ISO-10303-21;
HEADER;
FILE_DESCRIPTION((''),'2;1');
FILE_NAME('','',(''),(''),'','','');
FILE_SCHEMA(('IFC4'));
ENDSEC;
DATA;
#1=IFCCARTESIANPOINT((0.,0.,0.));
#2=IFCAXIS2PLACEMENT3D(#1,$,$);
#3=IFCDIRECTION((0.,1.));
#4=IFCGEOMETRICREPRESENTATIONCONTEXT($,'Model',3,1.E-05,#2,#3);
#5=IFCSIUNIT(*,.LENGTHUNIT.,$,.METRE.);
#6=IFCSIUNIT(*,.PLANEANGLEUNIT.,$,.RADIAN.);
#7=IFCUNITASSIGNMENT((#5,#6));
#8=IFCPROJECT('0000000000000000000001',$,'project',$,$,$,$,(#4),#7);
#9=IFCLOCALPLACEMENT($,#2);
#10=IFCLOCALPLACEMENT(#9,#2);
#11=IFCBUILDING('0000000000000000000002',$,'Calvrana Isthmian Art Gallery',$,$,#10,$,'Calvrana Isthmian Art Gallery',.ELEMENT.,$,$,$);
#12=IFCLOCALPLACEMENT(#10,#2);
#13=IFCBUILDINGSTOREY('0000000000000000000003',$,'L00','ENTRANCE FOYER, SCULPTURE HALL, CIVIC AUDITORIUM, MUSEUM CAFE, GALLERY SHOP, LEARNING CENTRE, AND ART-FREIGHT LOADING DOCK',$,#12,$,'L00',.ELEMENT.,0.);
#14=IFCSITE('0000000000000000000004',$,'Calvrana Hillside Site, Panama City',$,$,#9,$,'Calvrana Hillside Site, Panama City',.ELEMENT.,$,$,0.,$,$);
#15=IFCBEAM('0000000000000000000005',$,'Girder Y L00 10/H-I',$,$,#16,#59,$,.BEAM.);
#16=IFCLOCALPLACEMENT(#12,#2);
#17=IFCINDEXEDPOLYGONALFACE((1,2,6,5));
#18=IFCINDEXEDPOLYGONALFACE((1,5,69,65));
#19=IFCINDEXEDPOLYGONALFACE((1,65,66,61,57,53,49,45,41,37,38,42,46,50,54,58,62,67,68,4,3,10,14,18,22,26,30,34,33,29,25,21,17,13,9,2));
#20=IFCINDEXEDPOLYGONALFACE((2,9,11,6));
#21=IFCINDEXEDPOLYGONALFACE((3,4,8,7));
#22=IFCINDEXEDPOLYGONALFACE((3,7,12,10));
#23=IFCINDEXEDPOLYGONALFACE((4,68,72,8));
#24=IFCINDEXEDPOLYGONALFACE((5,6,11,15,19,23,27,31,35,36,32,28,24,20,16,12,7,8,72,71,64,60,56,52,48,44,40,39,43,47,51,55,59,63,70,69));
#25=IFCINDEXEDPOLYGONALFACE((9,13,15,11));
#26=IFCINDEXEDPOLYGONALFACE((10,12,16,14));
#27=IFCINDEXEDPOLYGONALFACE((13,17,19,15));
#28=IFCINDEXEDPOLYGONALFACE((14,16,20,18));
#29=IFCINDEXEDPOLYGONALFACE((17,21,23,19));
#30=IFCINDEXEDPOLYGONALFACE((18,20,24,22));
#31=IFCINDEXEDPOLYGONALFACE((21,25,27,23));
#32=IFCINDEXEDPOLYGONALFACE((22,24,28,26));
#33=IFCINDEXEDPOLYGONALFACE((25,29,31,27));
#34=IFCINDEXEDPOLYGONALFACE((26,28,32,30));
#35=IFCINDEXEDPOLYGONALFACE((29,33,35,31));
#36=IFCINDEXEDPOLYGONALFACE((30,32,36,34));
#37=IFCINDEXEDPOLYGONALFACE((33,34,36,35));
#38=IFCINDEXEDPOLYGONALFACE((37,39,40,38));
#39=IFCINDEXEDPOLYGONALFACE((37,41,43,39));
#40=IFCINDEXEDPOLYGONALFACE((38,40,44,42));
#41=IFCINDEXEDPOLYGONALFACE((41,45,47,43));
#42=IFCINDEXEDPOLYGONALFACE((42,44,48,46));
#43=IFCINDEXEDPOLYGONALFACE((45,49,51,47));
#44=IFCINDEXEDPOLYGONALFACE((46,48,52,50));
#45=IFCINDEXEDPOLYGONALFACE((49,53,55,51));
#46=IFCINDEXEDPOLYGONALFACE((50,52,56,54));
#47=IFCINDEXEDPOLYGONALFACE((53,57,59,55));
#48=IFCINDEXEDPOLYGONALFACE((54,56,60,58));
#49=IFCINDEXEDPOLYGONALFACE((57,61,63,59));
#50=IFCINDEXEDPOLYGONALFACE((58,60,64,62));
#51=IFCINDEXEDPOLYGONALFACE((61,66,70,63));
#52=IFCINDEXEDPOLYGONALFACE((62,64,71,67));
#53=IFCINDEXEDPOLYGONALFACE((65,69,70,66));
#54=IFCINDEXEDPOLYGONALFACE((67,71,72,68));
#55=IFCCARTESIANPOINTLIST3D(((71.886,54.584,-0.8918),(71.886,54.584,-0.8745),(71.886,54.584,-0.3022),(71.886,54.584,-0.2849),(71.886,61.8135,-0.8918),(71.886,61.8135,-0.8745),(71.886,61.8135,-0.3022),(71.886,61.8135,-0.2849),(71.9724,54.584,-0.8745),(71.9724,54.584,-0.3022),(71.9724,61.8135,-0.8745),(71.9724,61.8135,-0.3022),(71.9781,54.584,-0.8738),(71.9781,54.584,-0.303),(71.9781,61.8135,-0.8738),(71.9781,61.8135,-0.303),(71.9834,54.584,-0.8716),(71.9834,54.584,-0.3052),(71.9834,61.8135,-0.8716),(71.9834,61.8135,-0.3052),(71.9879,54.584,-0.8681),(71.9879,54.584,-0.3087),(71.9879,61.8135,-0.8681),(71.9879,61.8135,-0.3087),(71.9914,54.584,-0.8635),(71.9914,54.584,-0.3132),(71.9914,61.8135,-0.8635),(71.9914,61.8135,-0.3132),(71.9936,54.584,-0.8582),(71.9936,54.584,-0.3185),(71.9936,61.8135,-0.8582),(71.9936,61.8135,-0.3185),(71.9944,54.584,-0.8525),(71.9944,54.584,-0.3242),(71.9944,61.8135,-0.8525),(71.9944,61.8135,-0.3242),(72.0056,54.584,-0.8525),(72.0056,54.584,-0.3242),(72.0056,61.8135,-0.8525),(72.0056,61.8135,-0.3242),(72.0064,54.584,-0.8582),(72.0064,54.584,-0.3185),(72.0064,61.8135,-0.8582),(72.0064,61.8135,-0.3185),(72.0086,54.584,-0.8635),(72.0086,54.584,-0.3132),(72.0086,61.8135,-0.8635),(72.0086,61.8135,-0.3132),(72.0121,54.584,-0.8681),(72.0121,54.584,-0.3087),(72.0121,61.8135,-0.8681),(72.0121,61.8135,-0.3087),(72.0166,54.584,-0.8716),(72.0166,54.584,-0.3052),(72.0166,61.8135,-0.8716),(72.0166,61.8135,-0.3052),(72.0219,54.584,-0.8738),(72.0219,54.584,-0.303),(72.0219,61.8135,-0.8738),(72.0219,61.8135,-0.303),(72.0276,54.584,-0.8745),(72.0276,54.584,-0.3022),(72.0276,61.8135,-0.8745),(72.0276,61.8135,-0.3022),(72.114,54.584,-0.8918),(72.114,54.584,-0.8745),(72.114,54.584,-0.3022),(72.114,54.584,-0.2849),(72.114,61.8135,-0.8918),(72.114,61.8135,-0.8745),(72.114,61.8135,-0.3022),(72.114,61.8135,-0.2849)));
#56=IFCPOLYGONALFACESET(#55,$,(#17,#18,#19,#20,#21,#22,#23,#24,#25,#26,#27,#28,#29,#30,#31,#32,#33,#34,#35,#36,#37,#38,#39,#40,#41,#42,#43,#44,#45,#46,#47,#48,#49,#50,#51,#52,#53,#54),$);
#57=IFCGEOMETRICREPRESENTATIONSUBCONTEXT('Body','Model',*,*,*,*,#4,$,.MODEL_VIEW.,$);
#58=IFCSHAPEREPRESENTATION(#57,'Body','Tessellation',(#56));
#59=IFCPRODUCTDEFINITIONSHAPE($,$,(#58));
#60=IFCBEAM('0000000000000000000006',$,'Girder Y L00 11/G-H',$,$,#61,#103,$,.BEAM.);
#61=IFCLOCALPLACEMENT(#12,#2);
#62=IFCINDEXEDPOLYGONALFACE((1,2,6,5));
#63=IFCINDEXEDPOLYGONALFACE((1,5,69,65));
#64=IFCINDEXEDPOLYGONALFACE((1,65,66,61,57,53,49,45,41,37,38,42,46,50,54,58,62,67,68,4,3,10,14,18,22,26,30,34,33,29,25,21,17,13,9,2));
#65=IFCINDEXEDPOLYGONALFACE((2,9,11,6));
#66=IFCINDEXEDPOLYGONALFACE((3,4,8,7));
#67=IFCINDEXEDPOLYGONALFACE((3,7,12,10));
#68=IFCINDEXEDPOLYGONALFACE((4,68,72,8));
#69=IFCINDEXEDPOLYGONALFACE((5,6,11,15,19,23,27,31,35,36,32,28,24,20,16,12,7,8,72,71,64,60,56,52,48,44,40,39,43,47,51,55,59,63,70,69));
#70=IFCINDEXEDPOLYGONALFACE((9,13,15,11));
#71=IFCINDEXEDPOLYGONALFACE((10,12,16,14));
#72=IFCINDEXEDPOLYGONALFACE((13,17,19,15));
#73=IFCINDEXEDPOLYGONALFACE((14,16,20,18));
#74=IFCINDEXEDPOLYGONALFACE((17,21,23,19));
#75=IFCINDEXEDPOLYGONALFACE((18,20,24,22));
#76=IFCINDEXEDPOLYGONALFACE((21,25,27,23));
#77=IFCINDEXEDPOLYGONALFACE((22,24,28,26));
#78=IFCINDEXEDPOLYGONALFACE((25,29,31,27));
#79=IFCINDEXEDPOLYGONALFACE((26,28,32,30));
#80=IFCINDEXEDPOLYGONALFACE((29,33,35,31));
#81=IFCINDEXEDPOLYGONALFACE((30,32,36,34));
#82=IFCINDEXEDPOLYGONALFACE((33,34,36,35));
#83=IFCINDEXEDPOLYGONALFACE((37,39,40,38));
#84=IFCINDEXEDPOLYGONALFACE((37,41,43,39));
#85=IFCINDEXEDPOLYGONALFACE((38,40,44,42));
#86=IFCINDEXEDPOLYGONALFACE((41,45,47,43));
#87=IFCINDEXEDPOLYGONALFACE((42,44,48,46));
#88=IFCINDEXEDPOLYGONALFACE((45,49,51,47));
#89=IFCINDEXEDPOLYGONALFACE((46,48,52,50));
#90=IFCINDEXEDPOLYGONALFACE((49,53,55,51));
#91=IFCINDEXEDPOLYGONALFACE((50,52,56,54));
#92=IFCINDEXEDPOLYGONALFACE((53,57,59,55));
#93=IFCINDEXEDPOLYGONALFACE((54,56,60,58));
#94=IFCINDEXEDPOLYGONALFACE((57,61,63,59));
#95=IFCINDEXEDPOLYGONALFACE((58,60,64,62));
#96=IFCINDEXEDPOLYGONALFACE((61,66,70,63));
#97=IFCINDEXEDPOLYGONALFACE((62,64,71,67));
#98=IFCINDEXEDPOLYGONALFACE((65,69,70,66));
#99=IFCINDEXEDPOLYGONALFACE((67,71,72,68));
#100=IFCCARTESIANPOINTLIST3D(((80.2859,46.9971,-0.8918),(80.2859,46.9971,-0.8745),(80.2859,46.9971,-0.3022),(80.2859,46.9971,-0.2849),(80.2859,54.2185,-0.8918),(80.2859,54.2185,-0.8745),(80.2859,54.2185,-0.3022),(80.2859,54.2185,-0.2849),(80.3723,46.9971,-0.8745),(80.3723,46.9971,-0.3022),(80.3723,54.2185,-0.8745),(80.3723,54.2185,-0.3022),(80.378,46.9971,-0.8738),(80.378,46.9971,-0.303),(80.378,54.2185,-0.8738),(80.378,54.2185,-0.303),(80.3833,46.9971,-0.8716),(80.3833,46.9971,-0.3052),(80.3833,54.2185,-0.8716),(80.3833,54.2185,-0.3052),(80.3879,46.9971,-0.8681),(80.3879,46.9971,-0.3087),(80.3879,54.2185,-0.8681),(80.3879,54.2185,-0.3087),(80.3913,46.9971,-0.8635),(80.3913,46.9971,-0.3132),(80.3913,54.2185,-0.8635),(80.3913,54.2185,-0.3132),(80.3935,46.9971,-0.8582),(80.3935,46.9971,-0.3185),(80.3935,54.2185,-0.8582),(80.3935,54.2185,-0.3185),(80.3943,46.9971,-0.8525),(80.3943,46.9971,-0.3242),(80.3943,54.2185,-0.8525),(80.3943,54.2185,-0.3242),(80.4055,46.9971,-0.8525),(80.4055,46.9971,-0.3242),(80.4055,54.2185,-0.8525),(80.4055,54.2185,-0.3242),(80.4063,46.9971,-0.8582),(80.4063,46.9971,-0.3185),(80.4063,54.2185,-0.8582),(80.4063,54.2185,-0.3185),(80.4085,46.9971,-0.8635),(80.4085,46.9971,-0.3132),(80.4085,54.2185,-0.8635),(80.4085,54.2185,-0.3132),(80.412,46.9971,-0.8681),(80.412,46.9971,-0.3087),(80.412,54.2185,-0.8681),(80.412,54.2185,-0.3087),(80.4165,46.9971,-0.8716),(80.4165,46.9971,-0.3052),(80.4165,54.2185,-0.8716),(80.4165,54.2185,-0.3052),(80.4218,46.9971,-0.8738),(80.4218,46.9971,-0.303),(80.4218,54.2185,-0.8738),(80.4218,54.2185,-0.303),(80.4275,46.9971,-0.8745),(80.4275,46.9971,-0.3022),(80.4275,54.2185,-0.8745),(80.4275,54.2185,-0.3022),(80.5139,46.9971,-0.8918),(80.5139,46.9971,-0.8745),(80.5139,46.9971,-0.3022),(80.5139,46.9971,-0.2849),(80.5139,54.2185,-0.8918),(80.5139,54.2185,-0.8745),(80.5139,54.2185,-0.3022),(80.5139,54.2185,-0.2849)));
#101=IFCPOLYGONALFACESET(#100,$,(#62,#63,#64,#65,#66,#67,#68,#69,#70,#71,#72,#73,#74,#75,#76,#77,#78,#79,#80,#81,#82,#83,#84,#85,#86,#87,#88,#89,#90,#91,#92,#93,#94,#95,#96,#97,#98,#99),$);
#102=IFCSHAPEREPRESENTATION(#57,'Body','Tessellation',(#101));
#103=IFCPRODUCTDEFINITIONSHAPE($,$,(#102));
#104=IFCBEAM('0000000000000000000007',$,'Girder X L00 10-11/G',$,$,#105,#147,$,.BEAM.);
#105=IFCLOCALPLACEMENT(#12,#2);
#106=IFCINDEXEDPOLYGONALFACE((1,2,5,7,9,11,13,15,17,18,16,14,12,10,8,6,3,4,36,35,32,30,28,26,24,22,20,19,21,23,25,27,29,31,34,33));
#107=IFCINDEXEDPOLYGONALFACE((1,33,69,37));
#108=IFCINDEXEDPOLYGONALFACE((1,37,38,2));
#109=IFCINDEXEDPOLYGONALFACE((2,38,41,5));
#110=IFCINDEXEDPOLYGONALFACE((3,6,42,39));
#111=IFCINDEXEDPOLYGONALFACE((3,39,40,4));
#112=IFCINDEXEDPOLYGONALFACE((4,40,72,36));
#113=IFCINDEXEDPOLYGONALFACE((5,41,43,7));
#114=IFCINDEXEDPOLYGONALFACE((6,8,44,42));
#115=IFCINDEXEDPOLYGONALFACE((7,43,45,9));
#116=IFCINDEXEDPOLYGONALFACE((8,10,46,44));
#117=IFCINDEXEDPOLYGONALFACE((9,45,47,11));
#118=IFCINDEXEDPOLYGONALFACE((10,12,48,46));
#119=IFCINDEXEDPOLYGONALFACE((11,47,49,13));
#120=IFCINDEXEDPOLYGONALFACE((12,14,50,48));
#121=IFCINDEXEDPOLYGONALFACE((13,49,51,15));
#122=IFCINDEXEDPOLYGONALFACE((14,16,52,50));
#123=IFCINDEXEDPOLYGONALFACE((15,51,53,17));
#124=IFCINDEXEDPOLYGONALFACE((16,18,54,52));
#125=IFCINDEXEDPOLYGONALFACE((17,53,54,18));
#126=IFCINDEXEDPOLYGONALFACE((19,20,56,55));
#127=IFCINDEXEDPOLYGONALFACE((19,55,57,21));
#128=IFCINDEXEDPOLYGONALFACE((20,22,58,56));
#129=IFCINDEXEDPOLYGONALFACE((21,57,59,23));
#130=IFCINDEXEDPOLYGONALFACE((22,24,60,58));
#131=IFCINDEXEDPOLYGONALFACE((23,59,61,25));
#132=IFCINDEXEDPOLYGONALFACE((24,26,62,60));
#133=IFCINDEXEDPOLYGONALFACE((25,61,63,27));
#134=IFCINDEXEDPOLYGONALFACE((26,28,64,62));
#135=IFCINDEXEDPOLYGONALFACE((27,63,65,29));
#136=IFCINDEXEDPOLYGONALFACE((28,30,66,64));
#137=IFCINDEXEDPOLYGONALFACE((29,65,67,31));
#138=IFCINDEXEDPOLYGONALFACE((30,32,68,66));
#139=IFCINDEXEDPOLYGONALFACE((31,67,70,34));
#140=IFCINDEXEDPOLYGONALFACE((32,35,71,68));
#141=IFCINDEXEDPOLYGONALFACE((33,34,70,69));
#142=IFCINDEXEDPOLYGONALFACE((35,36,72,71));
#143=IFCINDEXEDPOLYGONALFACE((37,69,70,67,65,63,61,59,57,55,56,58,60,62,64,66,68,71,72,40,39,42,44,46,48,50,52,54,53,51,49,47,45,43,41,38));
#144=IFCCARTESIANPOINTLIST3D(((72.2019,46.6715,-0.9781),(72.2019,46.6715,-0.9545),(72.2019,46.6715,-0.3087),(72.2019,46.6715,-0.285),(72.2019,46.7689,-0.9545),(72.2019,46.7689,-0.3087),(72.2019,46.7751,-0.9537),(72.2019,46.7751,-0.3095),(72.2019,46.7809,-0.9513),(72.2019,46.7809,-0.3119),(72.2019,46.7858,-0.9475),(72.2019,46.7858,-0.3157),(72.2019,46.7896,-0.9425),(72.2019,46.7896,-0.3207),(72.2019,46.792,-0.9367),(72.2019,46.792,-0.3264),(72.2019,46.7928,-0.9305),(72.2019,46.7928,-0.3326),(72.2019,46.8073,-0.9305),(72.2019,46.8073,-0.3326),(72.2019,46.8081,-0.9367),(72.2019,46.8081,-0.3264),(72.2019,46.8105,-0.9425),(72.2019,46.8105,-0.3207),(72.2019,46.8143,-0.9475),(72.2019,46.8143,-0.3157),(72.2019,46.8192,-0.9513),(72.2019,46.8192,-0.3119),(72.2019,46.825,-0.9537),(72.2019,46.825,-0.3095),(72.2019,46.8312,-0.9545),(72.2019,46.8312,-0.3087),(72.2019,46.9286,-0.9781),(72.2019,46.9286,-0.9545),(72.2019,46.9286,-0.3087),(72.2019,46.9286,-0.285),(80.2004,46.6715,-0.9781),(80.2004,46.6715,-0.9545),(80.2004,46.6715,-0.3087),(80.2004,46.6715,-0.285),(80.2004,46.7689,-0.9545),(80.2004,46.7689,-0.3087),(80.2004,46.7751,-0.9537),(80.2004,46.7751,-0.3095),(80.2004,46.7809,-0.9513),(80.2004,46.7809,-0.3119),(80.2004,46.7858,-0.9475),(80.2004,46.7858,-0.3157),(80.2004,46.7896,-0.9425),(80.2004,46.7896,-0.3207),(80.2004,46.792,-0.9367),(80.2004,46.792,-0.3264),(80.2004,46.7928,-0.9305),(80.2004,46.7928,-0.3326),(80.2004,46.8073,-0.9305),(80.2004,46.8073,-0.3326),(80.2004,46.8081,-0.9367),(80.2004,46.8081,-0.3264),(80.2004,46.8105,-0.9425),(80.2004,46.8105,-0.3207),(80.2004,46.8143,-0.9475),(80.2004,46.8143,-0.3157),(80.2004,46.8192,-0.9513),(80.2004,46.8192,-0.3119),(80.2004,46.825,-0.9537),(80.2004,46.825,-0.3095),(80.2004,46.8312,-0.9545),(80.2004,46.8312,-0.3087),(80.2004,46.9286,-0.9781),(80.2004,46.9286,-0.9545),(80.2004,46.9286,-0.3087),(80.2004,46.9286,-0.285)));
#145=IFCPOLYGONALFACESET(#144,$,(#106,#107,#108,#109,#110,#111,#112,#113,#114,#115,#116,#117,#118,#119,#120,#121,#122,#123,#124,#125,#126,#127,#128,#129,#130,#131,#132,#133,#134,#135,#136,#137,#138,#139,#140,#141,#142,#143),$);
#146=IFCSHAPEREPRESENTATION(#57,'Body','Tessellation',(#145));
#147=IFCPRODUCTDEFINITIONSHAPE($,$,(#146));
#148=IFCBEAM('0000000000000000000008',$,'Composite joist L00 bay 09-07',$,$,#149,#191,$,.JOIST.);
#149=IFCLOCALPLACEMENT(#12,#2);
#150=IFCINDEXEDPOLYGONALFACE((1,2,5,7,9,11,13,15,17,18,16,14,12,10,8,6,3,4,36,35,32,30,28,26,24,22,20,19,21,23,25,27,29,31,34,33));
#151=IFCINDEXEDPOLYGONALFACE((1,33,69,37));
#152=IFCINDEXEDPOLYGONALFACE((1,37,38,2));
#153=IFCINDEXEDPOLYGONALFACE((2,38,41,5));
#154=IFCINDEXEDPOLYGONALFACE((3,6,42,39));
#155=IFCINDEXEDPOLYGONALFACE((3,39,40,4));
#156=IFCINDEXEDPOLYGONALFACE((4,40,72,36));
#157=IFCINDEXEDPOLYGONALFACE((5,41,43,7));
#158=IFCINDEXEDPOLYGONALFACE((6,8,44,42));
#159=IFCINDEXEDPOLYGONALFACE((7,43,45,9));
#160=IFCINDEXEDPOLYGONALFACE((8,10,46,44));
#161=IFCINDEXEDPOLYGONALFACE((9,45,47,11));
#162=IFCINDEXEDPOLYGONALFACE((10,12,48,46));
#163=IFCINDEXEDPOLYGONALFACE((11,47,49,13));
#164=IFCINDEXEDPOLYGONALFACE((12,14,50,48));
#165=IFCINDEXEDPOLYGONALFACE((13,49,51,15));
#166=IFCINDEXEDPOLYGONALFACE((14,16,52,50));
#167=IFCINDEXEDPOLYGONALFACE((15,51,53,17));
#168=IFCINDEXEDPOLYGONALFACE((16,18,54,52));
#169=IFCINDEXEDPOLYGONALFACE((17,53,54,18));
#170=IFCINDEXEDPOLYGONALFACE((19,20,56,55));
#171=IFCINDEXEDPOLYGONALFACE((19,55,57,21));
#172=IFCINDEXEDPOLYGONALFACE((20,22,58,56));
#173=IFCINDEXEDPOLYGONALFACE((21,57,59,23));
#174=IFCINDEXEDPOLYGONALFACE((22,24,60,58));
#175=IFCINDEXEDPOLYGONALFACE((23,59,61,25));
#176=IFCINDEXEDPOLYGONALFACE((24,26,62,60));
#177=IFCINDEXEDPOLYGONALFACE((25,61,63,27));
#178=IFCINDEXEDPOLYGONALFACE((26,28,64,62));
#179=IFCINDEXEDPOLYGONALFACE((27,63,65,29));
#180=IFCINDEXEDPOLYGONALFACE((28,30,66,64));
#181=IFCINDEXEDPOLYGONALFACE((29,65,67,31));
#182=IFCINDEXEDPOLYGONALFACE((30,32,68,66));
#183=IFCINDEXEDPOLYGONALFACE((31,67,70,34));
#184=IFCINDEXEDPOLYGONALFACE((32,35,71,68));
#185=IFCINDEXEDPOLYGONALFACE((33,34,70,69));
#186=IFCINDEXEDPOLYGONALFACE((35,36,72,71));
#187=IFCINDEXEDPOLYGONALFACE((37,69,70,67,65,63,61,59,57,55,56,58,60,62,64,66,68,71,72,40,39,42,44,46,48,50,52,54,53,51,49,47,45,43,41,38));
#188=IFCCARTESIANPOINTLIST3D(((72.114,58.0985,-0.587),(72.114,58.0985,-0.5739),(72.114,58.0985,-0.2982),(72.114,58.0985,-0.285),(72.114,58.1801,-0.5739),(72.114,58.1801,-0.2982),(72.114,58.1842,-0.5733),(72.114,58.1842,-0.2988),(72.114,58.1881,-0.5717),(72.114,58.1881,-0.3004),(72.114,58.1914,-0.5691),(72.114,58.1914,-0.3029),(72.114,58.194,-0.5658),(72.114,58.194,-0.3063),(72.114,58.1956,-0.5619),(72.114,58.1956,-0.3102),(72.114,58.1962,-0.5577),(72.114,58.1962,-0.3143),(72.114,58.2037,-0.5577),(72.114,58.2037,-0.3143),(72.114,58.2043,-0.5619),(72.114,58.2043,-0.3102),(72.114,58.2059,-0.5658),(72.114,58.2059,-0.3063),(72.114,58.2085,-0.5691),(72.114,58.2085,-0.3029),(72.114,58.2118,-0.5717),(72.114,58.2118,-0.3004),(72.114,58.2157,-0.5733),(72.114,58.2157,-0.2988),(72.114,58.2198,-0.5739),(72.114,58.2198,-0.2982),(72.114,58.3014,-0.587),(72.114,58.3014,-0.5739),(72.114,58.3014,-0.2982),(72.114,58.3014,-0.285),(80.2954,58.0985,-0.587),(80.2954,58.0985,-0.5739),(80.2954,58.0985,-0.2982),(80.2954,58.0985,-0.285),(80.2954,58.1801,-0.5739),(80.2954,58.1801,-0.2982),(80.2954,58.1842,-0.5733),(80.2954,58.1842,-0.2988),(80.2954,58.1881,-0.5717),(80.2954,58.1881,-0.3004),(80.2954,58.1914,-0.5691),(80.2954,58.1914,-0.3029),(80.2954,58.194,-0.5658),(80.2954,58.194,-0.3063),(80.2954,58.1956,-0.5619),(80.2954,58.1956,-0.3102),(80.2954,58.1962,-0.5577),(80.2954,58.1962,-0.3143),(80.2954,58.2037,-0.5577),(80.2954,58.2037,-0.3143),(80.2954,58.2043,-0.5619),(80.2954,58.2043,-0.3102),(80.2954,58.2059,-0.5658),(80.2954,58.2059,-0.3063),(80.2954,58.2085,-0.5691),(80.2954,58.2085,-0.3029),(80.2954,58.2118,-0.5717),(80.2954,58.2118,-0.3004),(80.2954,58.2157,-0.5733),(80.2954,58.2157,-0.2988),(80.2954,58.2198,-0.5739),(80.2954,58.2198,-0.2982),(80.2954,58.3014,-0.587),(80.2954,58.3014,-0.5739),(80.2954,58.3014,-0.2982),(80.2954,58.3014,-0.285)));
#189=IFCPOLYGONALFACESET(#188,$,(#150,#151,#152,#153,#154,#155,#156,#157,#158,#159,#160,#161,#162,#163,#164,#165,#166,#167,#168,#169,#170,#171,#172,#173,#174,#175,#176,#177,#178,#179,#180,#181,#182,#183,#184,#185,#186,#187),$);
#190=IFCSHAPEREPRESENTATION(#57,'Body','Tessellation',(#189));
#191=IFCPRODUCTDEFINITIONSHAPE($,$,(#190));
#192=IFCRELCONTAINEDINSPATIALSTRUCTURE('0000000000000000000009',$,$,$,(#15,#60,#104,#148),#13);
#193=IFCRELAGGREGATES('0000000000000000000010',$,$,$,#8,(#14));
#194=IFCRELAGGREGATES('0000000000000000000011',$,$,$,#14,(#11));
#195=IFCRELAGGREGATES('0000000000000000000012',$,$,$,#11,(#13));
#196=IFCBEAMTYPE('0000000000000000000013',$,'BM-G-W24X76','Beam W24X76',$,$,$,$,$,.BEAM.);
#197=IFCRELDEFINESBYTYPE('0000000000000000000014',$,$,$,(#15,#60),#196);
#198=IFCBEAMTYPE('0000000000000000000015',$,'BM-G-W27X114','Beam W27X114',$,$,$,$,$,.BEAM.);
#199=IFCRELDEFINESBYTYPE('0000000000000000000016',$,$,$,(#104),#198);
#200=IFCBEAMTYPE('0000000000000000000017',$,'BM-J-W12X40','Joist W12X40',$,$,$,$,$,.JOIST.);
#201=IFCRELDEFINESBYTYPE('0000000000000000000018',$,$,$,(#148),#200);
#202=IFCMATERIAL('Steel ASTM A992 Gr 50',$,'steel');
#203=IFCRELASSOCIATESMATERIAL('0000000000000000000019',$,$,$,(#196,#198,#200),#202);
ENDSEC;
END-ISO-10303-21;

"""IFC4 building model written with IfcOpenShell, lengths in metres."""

from ifc_helpers import new_model, si_unit, direction, frame, origin, origin_2d, place, context, subcontext, project, spatial, i_section, extrude, material, material_profile, profile_set, type_object, element, save


model = new_model("IFC4")

# Units and contexts
model_context = context("Model", 3, precision=1e-05, world=origin(), true_north=direction((0.0, 1.0)))
body_context = subcontext(model_context, "Body", "Model", "MODEL_VIEW")
ifc_project = project(units=[si_unit("LENGTHUNIT", "METRE"), si_unit("PLANEANGLEUNIT", "RADIAN")], contexts=[model_context])

# Site, building, storey
site_placement = place(None, origin())
site = spatial("IfcSite", under=ifc_project, at=site_placement, Name="Calvrana Hillside Site, Panama City", LongName="Calvrana Hillside Site, Panama City", CompositionType="ELEMENT", RefElevation=0.0)
building_placement = place(site_placement, origin())
building = spatial("IfcBuilding", under=site, at=building_placement, Name="Calvrana Isthmian Art Gallery", LongName="Calvrana Isthmian Art Gallery", CompositionType="ELEMENT")
storey_placement = place(building_placement, origin())
storey = spatial("IfcBuildingStorey", under=building, at=storey_placement, Name="L00", Description="ENTRANCE FOYER, SCULPTURE HALL, CIVIC AUDITORIUM, MUSEUM CAFE, GALLERY SHOP, LEARNING CENTRE, AND ART-FREIGHT LOADING DOCK", LongName="L00", CompositionType="ELEMENT", Elevation=0.0)

# Shared definitions
ifc_material_1 = material(Name="Steel ASTM A992 Gr 50", Category="steel")

# Beams
ifc_material_profile_1 = material_profile(ifc_material_1, i_section(OverallWidth=0.228, OverallDepth=0.6069, WebThickness=0.0112, FlangeThickness=0.0173, FilletRadius=0.022, at=origin_2d()), Name="W24X76")
ifc_profile_set_1 = profile_set([ifc_material_profile_1], Name="Steel ASTM A992 Gr 50")
beam_type_1 = type_object("IfcBeamType", Name="BM-G-W24X76", Description="Beam W24X76", PredefinedType="BEAM", material=ifc_profile_set_1)
beam_1_placement = place(storey_placement, frame((72.0, 54.584, -0.5884), z_axis=(0.0, 1.0, 0.0), x_axis=(-1.0, 0.0, 0.0)))
element("IfcBeam", 1, at=beam_1_placement, inside=storey, type_object=beam_type_1, Name="Girder Y L00 10/H-I", PredefinedType="BEAM", context=body_context, shape_type="SweptSolid", body=[
    extrude(i_section(OverallWidth=0.228, OverallDepth=0.6069, WebThickness=0.0112, FlangeThickness=0.0173, FilletRadius=0.022, at=origin_2d()), origin(), (0.0, 0.0, 1.0), 7.2295),
])
beam_2_placement = place(storey_placement, frame((80.3999, 46.9971, -0.5884), z_axis=(0.0, 1.0, 0.0), x_axis=(-1.0, 0.0, 0.0)))
element("IfcBeam", 2, at=beam_2_placement, inside=storey, type_object=beam_type_1, Name="Girder Y L00 11/G-H", PredefinedType="BEAM", context=body_context, shape_type="SweptSolid", body=[
    extrude(i_section(OverallWidth=0.228, OverallDepth=0.6069, WebThickness=0.0112, FlangeThickness=0.0173, FilletRadius=0.022, at=origin_2d()), origin(), (0.0, 0.0, 1.0), 7.2214),
])
ifc_material_profile_2 = material_profile(ifc_material_1, i_section(OverallWidth=0.2571, OverallDepth=0.6931, WebThickness=0.0144, FlangeThickness=0.0237, FilletRadius=0.0239, at=origin_2d()), Name="W27X114")
ifc_profile_set_2 = profile_set([ifc_material_profile_2], Name="Steel ASTM A992 Gr 50")
beam_type_2 = type_object("IfcBeamType", Name="BM-G-W27X114", Description="Beam W27X114", PredefinedType="BEAM", material=ifc_profile_set_2)
beam_3_placement = place(storey_placement, frame((72.2019, 46.8, -0.6316), z_axis=(1.0, 0.0, 0.0), x_axis=(0.0, 1.0, 0.0)))
element("IfcBeam", 3, at=beam_3_placement, inside=storey, type_object=beam_type_2, Name="Girder X L00 10-11/G", PredefinedType="BEAM", context=body_context, shape_type="SweptSolid", body=[
    extrude(i_section(OverallWidth=0.2571, OverallDepth=0.6931, WebThickness=0.0144, FlangeThickness=0.0237, FilletRadius=0.0239, at=origin_2d()), origin(), (0.0, 0.0, 1.0), 7.9985),
])
ifc_material_profile_3 = material_profile(ifc_material_1, i_section(OverallWidth=0.2029, OverallDepth=0.302, WebThickness=0.0076, FlangeThickness=0.0132, FilletRadius=0.0161, at=origin_2d()), Name="W12X40")
ifc_profile_set_3 = profile_set([ifc_material_profile_3], Name="Steel ASTM A992 Gr 50")
beam_type_3 = type_object("IfcBeamType", Name="BM-J-W12X40", Description="Joist W12X40", PredefinedType="JOIST", material=ifc_profile_set_3)
beam_4_placement = place(storey_placement, frame((72.114, 58.2, -0.436), z_axis=(1.0, 0.0, 0.0), x_axis=(0.0, 1.0, 0.0)))
element("IfcBeam", 4, at=beam_4_placement, inside=storey, type_object=beam_type_3, Name="Composite joist L00 bay 09-07", PredefinedType="JOIST", context=body_context, shape_type="SweptSolid", body=[
    extrude(i_section(OverallWidth=0.2029, OverallDepth=0.302, WebThickness=0.0076, FlangeThickness=0.0132, FilletRadius=0.0161, at=origin_2d()), origin(), (0.0, 0.0, 1.0), 8.1814),
])

save(model, "model.ifc")
